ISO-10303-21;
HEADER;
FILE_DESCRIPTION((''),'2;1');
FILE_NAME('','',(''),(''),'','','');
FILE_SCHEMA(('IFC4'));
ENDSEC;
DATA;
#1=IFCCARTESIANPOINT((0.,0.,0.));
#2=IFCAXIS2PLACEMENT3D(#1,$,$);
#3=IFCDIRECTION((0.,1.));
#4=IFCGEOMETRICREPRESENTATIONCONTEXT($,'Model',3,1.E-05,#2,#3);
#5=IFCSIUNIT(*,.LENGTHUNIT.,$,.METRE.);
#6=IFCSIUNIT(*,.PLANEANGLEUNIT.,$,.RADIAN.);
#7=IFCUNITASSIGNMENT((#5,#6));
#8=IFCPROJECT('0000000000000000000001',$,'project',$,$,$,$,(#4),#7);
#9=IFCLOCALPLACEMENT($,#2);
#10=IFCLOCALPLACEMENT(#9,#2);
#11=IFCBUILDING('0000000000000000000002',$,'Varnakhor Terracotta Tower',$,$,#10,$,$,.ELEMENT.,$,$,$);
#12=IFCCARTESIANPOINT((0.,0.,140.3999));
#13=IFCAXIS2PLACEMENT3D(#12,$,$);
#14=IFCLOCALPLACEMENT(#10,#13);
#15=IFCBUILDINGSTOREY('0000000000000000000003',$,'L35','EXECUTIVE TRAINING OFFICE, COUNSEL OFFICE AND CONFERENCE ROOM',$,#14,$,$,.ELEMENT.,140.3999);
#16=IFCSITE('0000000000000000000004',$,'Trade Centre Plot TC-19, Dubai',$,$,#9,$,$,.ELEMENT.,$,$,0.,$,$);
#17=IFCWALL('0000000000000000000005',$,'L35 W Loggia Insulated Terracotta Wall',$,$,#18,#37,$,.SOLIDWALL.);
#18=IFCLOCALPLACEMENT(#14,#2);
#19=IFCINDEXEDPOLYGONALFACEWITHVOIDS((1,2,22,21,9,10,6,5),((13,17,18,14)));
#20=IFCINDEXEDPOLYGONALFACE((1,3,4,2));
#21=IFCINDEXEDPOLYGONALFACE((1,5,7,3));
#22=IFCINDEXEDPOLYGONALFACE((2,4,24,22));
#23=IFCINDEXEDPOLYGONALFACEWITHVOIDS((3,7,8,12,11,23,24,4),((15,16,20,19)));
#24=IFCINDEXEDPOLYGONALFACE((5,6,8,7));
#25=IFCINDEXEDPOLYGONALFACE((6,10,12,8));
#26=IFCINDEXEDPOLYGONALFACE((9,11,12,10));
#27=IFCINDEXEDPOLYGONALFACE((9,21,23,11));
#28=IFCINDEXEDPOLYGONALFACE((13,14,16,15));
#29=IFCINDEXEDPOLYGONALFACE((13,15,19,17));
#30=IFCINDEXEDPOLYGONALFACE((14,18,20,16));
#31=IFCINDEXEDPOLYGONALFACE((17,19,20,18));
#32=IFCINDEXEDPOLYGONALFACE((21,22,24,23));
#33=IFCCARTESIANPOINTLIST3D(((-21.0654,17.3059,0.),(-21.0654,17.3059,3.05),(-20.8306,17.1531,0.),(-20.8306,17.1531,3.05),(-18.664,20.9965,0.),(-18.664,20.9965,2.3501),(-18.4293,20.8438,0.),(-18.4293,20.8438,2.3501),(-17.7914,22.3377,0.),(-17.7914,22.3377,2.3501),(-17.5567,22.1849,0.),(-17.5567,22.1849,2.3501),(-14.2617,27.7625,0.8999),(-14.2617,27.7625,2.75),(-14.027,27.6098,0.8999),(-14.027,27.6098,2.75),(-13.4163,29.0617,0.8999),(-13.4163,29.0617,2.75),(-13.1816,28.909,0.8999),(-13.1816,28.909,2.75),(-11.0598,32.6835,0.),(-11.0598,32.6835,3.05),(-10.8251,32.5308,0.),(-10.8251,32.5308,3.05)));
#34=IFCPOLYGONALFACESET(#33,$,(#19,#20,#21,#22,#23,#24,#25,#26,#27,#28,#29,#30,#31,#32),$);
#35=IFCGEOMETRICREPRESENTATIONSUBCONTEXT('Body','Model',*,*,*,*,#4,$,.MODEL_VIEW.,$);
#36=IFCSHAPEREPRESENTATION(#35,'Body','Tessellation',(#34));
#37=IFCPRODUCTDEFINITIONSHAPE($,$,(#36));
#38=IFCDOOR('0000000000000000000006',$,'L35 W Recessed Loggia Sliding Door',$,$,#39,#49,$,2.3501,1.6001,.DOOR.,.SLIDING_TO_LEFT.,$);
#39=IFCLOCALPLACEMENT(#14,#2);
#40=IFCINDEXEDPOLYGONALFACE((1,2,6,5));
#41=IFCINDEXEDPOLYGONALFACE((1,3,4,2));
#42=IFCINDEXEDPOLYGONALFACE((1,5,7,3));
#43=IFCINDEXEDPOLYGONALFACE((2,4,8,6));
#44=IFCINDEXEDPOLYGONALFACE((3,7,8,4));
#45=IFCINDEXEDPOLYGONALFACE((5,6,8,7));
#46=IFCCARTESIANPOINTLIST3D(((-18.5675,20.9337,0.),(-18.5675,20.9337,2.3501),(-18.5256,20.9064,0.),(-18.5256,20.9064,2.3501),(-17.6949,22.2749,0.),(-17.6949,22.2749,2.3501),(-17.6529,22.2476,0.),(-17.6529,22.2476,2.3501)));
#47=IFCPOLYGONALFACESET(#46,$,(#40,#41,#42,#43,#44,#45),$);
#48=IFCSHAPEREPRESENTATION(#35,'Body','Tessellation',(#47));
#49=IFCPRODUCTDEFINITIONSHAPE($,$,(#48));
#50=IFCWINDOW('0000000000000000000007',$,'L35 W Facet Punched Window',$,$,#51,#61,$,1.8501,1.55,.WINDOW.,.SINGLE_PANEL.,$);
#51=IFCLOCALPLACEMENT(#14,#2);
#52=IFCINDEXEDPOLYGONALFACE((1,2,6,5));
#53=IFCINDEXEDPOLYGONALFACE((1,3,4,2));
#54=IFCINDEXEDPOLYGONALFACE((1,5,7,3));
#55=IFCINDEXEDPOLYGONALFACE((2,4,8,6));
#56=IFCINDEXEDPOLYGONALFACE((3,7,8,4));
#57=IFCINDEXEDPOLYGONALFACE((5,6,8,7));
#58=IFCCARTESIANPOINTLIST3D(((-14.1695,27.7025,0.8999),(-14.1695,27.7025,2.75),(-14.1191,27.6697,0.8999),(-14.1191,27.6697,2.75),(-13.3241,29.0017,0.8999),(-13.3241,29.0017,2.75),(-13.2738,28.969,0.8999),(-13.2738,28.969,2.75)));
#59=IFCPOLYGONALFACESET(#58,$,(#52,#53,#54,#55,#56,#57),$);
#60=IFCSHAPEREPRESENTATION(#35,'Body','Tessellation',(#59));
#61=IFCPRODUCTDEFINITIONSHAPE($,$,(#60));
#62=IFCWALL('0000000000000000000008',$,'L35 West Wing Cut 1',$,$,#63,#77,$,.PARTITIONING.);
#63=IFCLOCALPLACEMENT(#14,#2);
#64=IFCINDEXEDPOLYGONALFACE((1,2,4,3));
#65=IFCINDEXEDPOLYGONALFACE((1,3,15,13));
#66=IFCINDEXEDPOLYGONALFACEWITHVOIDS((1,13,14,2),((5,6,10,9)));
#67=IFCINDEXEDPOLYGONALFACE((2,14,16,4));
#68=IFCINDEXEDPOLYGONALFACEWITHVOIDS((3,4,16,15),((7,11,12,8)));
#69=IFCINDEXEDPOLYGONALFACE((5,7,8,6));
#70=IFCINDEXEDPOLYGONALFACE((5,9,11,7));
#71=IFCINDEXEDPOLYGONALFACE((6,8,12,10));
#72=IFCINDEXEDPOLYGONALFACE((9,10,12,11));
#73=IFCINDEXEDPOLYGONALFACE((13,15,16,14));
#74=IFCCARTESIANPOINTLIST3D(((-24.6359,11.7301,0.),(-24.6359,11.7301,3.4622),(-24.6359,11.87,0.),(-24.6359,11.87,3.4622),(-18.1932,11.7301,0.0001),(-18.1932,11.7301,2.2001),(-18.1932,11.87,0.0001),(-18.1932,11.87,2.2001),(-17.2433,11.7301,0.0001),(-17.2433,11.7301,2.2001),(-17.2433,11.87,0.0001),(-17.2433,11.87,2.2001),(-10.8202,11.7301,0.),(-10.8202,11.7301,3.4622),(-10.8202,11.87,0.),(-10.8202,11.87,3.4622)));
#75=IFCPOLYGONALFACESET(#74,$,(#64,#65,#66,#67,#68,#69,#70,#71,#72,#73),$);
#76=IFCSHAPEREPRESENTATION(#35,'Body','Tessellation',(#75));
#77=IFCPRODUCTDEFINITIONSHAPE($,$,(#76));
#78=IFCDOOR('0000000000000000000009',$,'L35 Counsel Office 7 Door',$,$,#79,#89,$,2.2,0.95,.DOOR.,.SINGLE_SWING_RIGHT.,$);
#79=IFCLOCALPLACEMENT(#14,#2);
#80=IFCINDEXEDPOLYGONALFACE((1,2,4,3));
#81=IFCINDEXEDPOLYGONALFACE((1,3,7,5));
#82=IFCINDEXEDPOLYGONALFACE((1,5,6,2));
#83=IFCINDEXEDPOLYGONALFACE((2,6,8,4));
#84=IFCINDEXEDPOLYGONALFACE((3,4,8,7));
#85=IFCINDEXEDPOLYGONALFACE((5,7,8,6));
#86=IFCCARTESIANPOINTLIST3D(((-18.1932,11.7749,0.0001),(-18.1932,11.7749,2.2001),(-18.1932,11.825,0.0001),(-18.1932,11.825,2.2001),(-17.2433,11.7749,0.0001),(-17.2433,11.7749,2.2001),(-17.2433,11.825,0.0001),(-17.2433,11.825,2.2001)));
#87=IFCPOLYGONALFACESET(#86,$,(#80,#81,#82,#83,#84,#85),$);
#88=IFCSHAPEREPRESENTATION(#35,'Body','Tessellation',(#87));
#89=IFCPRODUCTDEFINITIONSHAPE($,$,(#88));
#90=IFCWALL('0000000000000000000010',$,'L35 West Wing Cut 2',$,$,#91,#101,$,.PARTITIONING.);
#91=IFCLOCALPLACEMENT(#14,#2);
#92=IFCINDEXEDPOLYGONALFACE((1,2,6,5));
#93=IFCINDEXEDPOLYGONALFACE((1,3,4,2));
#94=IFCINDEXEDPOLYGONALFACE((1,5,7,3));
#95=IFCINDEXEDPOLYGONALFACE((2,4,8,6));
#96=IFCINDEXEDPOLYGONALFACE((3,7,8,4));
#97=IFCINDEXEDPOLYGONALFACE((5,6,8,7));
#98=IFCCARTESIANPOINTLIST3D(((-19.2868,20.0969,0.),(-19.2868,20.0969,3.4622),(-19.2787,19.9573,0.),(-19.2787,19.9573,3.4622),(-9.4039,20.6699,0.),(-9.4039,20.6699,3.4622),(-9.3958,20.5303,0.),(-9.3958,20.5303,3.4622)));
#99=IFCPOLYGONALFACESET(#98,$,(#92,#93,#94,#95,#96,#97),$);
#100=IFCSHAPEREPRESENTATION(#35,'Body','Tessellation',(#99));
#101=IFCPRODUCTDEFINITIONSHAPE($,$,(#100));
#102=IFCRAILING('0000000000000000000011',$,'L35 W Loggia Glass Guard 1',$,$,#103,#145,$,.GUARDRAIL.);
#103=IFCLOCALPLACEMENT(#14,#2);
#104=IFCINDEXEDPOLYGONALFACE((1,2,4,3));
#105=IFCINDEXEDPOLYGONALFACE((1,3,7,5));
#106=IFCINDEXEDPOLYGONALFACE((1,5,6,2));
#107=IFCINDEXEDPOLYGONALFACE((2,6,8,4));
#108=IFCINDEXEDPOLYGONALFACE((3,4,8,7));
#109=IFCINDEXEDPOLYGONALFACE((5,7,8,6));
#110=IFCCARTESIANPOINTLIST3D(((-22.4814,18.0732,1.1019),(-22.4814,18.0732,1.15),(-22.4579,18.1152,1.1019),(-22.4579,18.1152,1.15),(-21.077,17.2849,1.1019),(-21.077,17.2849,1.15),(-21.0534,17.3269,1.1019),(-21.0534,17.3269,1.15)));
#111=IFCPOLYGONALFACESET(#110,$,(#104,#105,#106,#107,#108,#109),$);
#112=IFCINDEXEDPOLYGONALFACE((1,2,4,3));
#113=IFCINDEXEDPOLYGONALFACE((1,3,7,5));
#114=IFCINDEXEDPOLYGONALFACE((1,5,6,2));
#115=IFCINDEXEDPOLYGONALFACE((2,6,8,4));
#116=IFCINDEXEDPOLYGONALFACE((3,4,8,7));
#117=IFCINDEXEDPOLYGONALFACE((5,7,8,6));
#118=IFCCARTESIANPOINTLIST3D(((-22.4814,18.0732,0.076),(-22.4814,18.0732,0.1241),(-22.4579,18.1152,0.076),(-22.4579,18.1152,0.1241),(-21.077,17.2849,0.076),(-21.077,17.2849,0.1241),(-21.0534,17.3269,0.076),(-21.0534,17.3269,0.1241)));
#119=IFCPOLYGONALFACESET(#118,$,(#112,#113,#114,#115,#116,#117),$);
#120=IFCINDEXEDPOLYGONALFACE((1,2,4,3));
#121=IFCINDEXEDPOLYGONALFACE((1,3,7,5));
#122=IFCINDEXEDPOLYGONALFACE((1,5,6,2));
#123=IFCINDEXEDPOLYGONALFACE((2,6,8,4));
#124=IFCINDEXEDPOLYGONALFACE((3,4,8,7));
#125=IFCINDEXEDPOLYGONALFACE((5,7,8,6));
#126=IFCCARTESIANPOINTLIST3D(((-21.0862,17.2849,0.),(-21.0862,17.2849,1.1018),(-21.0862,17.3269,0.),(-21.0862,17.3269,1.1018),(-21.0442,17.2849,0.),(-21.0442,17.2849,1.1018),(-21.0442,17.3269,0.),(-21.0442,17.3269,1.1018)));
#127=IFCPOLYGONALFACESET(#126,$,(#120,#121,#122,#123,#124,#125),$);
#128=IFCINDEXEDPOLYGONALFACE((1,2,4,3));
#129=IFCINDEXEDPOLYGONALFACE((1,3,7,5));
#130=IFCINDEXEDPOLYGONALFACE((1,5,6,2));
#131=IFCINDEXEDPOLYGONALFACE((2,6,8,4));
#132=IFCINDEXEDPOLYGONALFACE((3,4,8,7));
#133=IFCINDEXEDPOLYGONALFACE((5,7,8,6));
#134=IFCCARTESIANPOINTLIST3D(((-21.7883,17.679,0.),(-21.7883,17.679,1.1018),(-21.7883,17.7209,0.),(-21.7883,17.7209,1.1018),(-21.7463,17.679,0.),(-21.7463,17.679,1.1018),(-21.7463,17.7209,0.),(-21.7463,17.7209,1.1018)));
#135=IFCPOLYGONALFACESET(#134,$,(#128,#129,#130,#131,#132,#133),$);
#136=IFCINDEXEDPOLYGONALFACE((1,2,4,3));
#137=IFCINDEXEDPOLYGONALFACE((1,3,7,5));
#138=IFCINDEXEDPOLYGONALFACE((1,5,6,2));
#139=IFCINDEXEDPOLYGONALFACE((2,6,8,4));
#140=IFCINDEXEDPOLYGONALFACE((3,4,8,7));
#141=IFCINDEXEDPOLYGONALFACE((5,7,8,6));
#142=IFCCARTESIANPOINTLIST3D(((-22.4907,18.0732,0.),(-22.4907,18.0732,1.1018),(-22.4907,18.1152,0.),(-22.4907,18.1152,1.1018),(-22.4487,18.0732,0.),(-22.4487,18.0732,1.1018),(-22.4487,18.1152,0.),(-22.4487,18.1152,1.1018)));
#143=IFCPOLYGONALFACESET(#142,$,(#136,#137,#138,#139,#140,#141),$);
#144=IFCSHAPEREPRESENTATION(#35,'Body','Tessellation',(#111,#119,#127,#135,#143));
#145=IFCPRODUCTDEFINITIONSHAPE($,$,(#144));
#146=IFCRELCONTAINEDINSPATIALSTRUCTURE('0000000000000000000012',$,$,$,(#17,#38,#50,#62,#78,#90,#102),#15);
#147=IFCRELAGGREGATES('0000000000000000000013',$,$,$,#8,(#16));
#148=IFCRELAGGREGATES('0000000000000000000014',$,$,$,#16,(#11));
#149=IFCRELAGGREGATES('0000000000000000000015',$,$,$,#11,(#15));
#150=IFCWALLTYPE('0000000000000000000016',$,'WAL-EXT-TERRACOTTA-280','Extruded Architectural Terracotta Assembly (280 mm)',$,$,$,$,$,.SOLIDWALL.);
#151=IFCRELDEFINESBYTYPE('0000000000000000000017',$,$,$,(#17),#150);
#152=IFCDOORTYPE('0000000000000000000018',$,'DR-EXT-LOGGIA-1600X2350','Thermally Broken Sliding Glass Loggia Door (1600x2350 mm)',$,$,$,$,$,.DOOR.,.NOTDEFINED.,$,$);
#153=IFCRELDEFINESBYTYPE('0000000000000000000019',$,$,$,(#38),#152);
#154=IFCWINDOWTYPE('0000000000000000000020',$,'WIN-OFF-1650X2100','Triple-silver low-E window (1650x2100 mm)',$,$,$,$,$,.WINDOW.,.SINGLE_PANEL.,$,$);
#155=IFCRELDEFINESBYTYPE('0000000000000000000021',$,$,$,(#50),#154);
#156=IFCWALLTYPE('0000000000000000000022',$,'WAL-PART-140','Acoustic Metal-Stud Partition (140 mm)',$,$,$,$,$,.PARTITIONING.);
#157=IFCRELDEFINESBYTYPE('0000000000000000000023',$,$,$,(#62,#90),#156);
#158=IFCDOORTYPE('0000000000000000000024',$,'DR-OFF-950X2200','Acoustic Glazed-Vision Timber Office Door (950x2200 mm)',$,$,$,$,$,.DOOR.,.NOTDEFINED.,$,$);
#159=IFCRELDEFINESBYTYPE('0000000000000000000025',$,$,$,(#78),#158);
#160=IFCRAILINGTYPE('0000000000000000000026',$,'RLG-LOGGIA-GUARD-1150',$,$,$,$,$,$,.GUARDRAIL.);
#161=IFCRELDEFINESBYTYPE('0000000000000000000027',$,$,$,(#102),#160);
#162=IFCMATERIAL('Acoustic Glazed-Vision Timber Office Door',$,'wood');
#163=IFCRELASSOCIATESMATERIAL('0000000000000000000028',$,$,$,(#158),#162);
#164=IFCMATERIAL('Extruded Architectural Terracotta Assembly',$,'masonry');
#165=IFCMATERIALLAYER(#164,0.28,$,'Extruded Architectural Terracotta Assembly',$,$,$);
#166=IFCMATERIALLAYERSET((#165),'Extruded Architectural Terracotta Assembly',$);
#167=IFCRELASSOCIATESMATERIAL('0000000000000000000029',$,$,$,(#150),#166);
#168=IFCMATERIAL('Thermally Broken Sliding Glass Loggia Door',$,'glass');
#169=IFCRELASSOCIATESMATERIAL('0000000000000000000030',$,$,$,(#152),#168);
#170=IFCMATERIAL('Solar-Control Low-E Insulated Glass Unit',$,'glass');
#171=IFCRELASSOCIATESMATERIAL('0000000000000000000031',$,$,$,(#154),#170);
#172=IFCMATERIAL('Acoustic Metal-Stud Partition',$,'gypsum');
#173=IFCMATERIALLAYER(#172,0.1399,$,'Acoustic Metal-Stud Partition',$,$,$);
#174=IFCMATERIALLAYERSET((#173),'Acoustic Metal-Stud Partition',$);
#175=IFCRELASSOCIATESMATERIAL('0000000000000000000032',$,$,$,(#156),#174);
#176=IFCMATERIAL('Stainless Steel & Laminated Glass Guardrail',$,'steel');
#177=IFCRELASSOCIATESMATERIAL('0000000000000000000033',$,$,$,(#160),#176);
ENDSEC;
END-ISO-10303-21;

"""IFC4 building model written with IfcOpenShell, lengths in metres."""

from ifc_helpers import new_model, si_unit, direction, frame, frame_2d, origin, origin_2d, place, context, subcontext, project, spatial, rectangle, extrude, source, transform, mapped, material, layer, layer_set, type_object, type_shapes, element, fill, save


model = new_model("IFC4")

# Units and contexts
model_context = context("Model", 3, precision=1e-05, world=origin(), true_north=direction((0.0, 1.0)))
body_context = subcontext(model_context, "Body", "Model", "MODEL_VIEW")
ifc_project = project(units=[si_unit("LENGTHUNIT", "METRE"), si_unit("PLANEANGLEUNIT", "RADIAN")], contexts=[model_context])

# Site, building, storey
site_placement = place(None, origin())
site = spatial("IfcSite", under=ifc_project, at=site_placement, Name="Trade Centre Plot TC-19, Dubai", CompositionType="ELEMENT", RefElevation=0.0)
building_placement = place(site_placement, origin())
building = spatial("IfcBuilding", under=site, at=building_placement, Name="Varnakhor Terracotta Tower", CompositionType="ELEMENT")
storey_placement = place(building_placement, frame((0.0, 0.0, 140.3999)))
storey = spatial("IfcBuildingStorey", under=building, at=storey_placement, Name="L35", Description="EXECUTIVE TRAINING OFFICE, COUNSEL OFFICE AND CONFERENCE ROOM", CompositionType="ELEMENT", Elevation=140.3999)

# Shared definitions
ifc_material_1 = material(Name="Acoustic Glazed-Vision Timber Office Door", Category="wood")
door_type_1 = type_object("IfcDoorType", Name="DR-OFF-950X2200", Description="Acoustic Glazed-Vision Timber Office Door (950x2200 mm)", OperationType="NOTDEFINED", PredefinedType="DOOR", material=ifc_material_1)
shared_shape_1 = source(origin(), body_context, "Body", "SweptSolid", [
    extrude(rectangle(XDim=0.95, YDim=2.2, at=frame_2d((0.4751, 1.1001))), frame((0.0, 0.0249, 0.0), z_axis=(0.0, -1.0, 0.0), x_axis=(1.0, 0.0, 0.0)), (0.0, 0.0, 1.0), 0.05),
])
type_shapes(door_type_1, [shared_shape_1])

# Wall, openings, door, window
ifc_material_2 = material(Name="Extruded Architectural Terracotta Assembly", Category="masonry")
ifc_layer_1 = layer(ifc_material_2, 0.28, Name="Extruded Architectural Terracotta Assembly")
ifc_layer_set_1 = layer_set([ifc_layer_1], Name="Extruded Architectural Terracotta Assembly")
wall_type_1 = type_object("IfcWallType", Name="WAL-EXT-TERRACOTTA-280", Description="Extruded Architectural Terracotta Assembly (280 mm)", PredefinedType="SOLIDWALL", material=ifc_layer_set_1)
wall_1_placement = place(storey_placement, frame((-20.948, 17.2295, 0.0), z_axis=(0.0, 0.0, 1.0), x_axis=(0.545376, 0.838191, 0.0)))
wall_1 = element("IfcWall", 1, at=wall_1_placement, inside=storey, type_object=wall_type_1, Name="L35 W Loggia Insulated Terracotta Wall", PredefinedType="SOLIDWALL", context=body_context, shape_type="SweptSolid", body=[
    extrude(rectangle(XDim=18.3462, YDim=0.28, at=frame_2d((9.1731, 0.0))), origin(), (0.0, 0.0, 1.0), 3.05),
])
opening_1_placement = place(wall_1_placement, frame((4.4031, 0.0, 0.0)))
opening_1 = element("IfcOpeningElement", 2, at=opening_1_placement, cuts=wall_1, PredefinedType="OPENING", context=body_context, shape_type="SweptSolid", body=[
    extrude(rectangle(XDim=1.6001, YDim=2.3501, at=frame_2d((0.8, 1.175))), frame((0.0, 0.1499, 0.0), z_axis=(0.0, -1.0, 0.0), x_axis=(1.0, 0.0, 0.0)), (0.0, 0.0, 1.0), 0.3),
])
opening_2_placement = place(wall_1_placement, frame((12.4753, 0.0, 0.8999)))
opening_2 = element("IfcOpeningElement", 3, at=opening_2_placement, cuts=wall_1, PredefinedType="OPENING", context=body_context, shape_type="SweptSolid", body=[
    extrude(rectangle(XDim=1.55, YDim=1.8501, at=frame_2d((0.7749, 0.925))), frame((0.0, 0.1499, 0.0), z_axis=(0.0, -1.0, 0.0), x_axis=(1.0, 0.0, 0.0)), (0.0, 0.0, 1.0), 0.3),
])
ifc_material_3 = material(Name="Thermally Broken Sliding Glass Loggia Door", Category="glass")
door_type_2 = type_object("IfcDoorType", Name="DR-EXT-LOGGIA-1600X2350", Description="Thermally Broken Sliding Glass Loggia Door (1600x2350 mm)", OperationType="NOTDEFINED", PredefinedType="DOOR", material=ifc_material_3)
shared_shape_2 = source(origin(), body_context, "Body", "SweptSolid", [
    extrude(rectangle(XDim=1.6001, YDim=2.3501, at=frame_2d((0.8, 1.175))), frame((0.0, 0.0249, 0.0), z_axis=(0.0, -1.0, 0.0), x_axis=(1.0, 0.0, 0.0)), (0.0, 0.0, 1.0), 0.05),
])
type_shapes(door_type_2, [shared_shape_2])
door_1_placement = place(opening_1_placement, origin())
door_1 = element("IfcDoor", 4, at=door_1_placement, inside=storey, type_object=door_type_2, Name="L35 W Recessed Loggia Sliding Door", OperationType="SLIDING_TO_LEFT", OverallHeight=2.3501, OverallWidth=1.6001, PredefinedType="DOOR", context=body_context, shape_type="MappedRepresentation", body=[
    mapped(shared_shape_2, transform((0.0, 0.0, 0.0), scale=1.0)),
])
fill(opening_1, door_1)
ifc_material_4 = material(Name="Solar-Control Low-E Insulated Glass Unit", Category="glass")
window_type = type_object("IfcWindowType", Name="WIN-OFF-1650X2100", Description="Triple-silver low-E window (1650x2100 mm)", PartitioningType="SINGLE_PANEL", PredefinedType="WINDOW", material=ifc_material_4)
shared_shape_3 = source(origin(), body_context, "Body", "SweptSolid", [
    extrude(rectangle(XDim=1.55, YDim=1.8501, at=frame_2d((0.7749, 0.925))), frame((0.0, 0.03, 0.0), z_axis=(0.0, -1.0, 0.0), x_axis=(1.0, 0.0, 0.0)), (0.0, 0.0, 1.0), 0.0601),
])
type_shapes(window_type, [shared_shape_3])
window_placement = place(opening_2_placement, origin())
window = element("IfcWindow", 5, at=window_placement, inside=storey, type_object=window_type, Name="L35 W Facet Punched Window", OverallHeight=1.8501, OverallWidth=1.55, PartitioningType="SINGLE_PANEL", PredefinedType="WINDOW", context=body_context, shape_type="MappedRepresentation", body=[
    mapped(shared_shape_3, transform((0.0, 0.0, 0.0), scale=1.0)),
])
fill(opening_2, window)

# Wall, opening, door
ifc_material_5 = material(Name="Acoustic Metal-Stud Partition", Category="gypsum")
ifc_layer_2 = layer(ifc_material_5, 0.1399, Name="Acoustic Metal-Stud Partition")
ifc_layer_set_2 = layer_set([ifc_layer_2], Name="Acoustic Metal-Stud Partition")
wall_type_2 = type_object("IfcWallType", Name="WAL-PART-140", Description="Acoustic Metal-Stud Partition (140 mm)", PredefinedType="PARTITIONING", material=ifc_layer_set_2)
wall_2_placement = place(storey_placement, frame((-24.6357, 11.8, 0.0), z_axis=(0.0, 0.0, 1.0), x_axis=(1.0, 0.0, 0.0)))
wall_2 = element("IfcWall", 6, at=wall_2_placement, inside=storey, type_object=wall_type_2, Name="L35 West Wing Cut 1", PredefinedType="PARTITIONING", context=body_context, shape_type="SweptSolid", body=[
    extrude(rectangle(XDim=13.8157, YDim=0.1399, at=frame_2d((6.9077, 0.0))), origin(), (0.0, 0.0, 1.0), 3.4622),
])
opening_3_placement = place(wall_2_placement, frame((6.4424, 0.0, 0.0)))
opening_3 = element("IfcOpeningElement", 7, at=opening_3_placement, cuts=wall_2, PredefinedType="OPENING", context=body_context, shape_type="SweptSolid", body=[
    extrude(rectangle(XDim=0.95, YDim=2.2, at=frame_2d((0.4751, 1.1001))), frame((0.0, 0.0801, 0.0), z_axis=(0.0, -1.0, 0.0), x_axis=(1.0, 0.0, 0.0)), (0.0, 0.0, 1.0), 0.1599),
])
door_2_placement = place(opening_3_placement, origin())
door_2 = element("IfcDoor", 8, at=door_2_placement, inside=storey, type_object=door_type_1, Name="L35 Counsel Office 7 Door", OperationType="SINGLE_SWING_RIGHT", OverallHeight=2.2, OverallWidth=0.95, PredefinedType="DOOR", context=body_context, shape_type="MappedRepresentation", body=[
    mapped(shared_shape_1, transform((0.0, 0.0, 0.0), scale=1.0)),
])
fill(opening_3, door_2)

# Wall
wall_3_placement = place(storey_placement, frame((-19.2827, 20.0271, 0.0), z_axis=(0.0, 0.0, 1.0), x_axis=(0.998323, 0.057882, 0.0)))
element("IfcWall", 9, at=wall_3_placement, inside=storey, type_object=wall_type_2, Name="L35 West Wing Cut 2", PredefinedType="PARTITIONING", context=body_context, shape_type="SweptSolid", body=[
    extrude(rectangle(XDim=9.8994, YDim=0.1399, at=frame_2d((4.9497, 0.0))), origin(), (0.0, 0.0, 1.0), 3.4622),
])

# Railing
ifc_material_6 = material(Name="Stainless Steel & Laminated Glass Guardrail", Category="steel")
railing_type = type_object("IfcRailingType", Name="RLG-LOGGIA-GUARD-1150", PredefinedType="GUARDRAIL", material=ifc_material_6)
railing_1_placement = place(storey_placement, frame((-21.0652, 17.3059, 0.0)))
element("IfcRailing", 10, at=railing_1_placement, inside=storey, type_object=railing_type, Name="L35 W Loggia Glass Guard 1", PredefinedType="GUARDRAIL", context=body_context, shape_type="SweptSolid", body=[
    extrude(rectangle(XDim=0.0481, YDim=0.0481, at=origin_2d()), frame((0.0, 0.0, 1.126), z_axis=(-0.872033, 0.489448, 0.0), x_axis=(-0.489448, -0.872033, 0.0)), (0.0, 0.0, 1.0), 1.6106),
    extrude(rectangle(XDim=0.0481, YDim=0.0481, at=origin_2d()), frame((0.0, 0.0, 0.1001), z_axis=(-0.872033, 0.489448, 0.0), x_axis=(-0.489448, -0.872033, 0.0)), (0.0, 0.0, 1.0), 1.6106),
    extrude(rectangle(XDim=0.042, YDim=0.042, at=origin_2d()), origin(), (0.0, 0.0, 1.0), 1.1018),
    extrude(rectangle(XDim=0.042, YDim=0.042, at=origin_2d()), frame((-0.7021, 0.394, 0.0)), (0.0, 0.0, 1.0), 1.1018),
    extrude(rectangle(XDim=0.042, YDim=0.042, at=origin_2d()), frame((-1.4045, 0.7883, 0.0)), (0.0, 0.0, 1.0), 1.1018),
])

save(model, "model.ifc")
